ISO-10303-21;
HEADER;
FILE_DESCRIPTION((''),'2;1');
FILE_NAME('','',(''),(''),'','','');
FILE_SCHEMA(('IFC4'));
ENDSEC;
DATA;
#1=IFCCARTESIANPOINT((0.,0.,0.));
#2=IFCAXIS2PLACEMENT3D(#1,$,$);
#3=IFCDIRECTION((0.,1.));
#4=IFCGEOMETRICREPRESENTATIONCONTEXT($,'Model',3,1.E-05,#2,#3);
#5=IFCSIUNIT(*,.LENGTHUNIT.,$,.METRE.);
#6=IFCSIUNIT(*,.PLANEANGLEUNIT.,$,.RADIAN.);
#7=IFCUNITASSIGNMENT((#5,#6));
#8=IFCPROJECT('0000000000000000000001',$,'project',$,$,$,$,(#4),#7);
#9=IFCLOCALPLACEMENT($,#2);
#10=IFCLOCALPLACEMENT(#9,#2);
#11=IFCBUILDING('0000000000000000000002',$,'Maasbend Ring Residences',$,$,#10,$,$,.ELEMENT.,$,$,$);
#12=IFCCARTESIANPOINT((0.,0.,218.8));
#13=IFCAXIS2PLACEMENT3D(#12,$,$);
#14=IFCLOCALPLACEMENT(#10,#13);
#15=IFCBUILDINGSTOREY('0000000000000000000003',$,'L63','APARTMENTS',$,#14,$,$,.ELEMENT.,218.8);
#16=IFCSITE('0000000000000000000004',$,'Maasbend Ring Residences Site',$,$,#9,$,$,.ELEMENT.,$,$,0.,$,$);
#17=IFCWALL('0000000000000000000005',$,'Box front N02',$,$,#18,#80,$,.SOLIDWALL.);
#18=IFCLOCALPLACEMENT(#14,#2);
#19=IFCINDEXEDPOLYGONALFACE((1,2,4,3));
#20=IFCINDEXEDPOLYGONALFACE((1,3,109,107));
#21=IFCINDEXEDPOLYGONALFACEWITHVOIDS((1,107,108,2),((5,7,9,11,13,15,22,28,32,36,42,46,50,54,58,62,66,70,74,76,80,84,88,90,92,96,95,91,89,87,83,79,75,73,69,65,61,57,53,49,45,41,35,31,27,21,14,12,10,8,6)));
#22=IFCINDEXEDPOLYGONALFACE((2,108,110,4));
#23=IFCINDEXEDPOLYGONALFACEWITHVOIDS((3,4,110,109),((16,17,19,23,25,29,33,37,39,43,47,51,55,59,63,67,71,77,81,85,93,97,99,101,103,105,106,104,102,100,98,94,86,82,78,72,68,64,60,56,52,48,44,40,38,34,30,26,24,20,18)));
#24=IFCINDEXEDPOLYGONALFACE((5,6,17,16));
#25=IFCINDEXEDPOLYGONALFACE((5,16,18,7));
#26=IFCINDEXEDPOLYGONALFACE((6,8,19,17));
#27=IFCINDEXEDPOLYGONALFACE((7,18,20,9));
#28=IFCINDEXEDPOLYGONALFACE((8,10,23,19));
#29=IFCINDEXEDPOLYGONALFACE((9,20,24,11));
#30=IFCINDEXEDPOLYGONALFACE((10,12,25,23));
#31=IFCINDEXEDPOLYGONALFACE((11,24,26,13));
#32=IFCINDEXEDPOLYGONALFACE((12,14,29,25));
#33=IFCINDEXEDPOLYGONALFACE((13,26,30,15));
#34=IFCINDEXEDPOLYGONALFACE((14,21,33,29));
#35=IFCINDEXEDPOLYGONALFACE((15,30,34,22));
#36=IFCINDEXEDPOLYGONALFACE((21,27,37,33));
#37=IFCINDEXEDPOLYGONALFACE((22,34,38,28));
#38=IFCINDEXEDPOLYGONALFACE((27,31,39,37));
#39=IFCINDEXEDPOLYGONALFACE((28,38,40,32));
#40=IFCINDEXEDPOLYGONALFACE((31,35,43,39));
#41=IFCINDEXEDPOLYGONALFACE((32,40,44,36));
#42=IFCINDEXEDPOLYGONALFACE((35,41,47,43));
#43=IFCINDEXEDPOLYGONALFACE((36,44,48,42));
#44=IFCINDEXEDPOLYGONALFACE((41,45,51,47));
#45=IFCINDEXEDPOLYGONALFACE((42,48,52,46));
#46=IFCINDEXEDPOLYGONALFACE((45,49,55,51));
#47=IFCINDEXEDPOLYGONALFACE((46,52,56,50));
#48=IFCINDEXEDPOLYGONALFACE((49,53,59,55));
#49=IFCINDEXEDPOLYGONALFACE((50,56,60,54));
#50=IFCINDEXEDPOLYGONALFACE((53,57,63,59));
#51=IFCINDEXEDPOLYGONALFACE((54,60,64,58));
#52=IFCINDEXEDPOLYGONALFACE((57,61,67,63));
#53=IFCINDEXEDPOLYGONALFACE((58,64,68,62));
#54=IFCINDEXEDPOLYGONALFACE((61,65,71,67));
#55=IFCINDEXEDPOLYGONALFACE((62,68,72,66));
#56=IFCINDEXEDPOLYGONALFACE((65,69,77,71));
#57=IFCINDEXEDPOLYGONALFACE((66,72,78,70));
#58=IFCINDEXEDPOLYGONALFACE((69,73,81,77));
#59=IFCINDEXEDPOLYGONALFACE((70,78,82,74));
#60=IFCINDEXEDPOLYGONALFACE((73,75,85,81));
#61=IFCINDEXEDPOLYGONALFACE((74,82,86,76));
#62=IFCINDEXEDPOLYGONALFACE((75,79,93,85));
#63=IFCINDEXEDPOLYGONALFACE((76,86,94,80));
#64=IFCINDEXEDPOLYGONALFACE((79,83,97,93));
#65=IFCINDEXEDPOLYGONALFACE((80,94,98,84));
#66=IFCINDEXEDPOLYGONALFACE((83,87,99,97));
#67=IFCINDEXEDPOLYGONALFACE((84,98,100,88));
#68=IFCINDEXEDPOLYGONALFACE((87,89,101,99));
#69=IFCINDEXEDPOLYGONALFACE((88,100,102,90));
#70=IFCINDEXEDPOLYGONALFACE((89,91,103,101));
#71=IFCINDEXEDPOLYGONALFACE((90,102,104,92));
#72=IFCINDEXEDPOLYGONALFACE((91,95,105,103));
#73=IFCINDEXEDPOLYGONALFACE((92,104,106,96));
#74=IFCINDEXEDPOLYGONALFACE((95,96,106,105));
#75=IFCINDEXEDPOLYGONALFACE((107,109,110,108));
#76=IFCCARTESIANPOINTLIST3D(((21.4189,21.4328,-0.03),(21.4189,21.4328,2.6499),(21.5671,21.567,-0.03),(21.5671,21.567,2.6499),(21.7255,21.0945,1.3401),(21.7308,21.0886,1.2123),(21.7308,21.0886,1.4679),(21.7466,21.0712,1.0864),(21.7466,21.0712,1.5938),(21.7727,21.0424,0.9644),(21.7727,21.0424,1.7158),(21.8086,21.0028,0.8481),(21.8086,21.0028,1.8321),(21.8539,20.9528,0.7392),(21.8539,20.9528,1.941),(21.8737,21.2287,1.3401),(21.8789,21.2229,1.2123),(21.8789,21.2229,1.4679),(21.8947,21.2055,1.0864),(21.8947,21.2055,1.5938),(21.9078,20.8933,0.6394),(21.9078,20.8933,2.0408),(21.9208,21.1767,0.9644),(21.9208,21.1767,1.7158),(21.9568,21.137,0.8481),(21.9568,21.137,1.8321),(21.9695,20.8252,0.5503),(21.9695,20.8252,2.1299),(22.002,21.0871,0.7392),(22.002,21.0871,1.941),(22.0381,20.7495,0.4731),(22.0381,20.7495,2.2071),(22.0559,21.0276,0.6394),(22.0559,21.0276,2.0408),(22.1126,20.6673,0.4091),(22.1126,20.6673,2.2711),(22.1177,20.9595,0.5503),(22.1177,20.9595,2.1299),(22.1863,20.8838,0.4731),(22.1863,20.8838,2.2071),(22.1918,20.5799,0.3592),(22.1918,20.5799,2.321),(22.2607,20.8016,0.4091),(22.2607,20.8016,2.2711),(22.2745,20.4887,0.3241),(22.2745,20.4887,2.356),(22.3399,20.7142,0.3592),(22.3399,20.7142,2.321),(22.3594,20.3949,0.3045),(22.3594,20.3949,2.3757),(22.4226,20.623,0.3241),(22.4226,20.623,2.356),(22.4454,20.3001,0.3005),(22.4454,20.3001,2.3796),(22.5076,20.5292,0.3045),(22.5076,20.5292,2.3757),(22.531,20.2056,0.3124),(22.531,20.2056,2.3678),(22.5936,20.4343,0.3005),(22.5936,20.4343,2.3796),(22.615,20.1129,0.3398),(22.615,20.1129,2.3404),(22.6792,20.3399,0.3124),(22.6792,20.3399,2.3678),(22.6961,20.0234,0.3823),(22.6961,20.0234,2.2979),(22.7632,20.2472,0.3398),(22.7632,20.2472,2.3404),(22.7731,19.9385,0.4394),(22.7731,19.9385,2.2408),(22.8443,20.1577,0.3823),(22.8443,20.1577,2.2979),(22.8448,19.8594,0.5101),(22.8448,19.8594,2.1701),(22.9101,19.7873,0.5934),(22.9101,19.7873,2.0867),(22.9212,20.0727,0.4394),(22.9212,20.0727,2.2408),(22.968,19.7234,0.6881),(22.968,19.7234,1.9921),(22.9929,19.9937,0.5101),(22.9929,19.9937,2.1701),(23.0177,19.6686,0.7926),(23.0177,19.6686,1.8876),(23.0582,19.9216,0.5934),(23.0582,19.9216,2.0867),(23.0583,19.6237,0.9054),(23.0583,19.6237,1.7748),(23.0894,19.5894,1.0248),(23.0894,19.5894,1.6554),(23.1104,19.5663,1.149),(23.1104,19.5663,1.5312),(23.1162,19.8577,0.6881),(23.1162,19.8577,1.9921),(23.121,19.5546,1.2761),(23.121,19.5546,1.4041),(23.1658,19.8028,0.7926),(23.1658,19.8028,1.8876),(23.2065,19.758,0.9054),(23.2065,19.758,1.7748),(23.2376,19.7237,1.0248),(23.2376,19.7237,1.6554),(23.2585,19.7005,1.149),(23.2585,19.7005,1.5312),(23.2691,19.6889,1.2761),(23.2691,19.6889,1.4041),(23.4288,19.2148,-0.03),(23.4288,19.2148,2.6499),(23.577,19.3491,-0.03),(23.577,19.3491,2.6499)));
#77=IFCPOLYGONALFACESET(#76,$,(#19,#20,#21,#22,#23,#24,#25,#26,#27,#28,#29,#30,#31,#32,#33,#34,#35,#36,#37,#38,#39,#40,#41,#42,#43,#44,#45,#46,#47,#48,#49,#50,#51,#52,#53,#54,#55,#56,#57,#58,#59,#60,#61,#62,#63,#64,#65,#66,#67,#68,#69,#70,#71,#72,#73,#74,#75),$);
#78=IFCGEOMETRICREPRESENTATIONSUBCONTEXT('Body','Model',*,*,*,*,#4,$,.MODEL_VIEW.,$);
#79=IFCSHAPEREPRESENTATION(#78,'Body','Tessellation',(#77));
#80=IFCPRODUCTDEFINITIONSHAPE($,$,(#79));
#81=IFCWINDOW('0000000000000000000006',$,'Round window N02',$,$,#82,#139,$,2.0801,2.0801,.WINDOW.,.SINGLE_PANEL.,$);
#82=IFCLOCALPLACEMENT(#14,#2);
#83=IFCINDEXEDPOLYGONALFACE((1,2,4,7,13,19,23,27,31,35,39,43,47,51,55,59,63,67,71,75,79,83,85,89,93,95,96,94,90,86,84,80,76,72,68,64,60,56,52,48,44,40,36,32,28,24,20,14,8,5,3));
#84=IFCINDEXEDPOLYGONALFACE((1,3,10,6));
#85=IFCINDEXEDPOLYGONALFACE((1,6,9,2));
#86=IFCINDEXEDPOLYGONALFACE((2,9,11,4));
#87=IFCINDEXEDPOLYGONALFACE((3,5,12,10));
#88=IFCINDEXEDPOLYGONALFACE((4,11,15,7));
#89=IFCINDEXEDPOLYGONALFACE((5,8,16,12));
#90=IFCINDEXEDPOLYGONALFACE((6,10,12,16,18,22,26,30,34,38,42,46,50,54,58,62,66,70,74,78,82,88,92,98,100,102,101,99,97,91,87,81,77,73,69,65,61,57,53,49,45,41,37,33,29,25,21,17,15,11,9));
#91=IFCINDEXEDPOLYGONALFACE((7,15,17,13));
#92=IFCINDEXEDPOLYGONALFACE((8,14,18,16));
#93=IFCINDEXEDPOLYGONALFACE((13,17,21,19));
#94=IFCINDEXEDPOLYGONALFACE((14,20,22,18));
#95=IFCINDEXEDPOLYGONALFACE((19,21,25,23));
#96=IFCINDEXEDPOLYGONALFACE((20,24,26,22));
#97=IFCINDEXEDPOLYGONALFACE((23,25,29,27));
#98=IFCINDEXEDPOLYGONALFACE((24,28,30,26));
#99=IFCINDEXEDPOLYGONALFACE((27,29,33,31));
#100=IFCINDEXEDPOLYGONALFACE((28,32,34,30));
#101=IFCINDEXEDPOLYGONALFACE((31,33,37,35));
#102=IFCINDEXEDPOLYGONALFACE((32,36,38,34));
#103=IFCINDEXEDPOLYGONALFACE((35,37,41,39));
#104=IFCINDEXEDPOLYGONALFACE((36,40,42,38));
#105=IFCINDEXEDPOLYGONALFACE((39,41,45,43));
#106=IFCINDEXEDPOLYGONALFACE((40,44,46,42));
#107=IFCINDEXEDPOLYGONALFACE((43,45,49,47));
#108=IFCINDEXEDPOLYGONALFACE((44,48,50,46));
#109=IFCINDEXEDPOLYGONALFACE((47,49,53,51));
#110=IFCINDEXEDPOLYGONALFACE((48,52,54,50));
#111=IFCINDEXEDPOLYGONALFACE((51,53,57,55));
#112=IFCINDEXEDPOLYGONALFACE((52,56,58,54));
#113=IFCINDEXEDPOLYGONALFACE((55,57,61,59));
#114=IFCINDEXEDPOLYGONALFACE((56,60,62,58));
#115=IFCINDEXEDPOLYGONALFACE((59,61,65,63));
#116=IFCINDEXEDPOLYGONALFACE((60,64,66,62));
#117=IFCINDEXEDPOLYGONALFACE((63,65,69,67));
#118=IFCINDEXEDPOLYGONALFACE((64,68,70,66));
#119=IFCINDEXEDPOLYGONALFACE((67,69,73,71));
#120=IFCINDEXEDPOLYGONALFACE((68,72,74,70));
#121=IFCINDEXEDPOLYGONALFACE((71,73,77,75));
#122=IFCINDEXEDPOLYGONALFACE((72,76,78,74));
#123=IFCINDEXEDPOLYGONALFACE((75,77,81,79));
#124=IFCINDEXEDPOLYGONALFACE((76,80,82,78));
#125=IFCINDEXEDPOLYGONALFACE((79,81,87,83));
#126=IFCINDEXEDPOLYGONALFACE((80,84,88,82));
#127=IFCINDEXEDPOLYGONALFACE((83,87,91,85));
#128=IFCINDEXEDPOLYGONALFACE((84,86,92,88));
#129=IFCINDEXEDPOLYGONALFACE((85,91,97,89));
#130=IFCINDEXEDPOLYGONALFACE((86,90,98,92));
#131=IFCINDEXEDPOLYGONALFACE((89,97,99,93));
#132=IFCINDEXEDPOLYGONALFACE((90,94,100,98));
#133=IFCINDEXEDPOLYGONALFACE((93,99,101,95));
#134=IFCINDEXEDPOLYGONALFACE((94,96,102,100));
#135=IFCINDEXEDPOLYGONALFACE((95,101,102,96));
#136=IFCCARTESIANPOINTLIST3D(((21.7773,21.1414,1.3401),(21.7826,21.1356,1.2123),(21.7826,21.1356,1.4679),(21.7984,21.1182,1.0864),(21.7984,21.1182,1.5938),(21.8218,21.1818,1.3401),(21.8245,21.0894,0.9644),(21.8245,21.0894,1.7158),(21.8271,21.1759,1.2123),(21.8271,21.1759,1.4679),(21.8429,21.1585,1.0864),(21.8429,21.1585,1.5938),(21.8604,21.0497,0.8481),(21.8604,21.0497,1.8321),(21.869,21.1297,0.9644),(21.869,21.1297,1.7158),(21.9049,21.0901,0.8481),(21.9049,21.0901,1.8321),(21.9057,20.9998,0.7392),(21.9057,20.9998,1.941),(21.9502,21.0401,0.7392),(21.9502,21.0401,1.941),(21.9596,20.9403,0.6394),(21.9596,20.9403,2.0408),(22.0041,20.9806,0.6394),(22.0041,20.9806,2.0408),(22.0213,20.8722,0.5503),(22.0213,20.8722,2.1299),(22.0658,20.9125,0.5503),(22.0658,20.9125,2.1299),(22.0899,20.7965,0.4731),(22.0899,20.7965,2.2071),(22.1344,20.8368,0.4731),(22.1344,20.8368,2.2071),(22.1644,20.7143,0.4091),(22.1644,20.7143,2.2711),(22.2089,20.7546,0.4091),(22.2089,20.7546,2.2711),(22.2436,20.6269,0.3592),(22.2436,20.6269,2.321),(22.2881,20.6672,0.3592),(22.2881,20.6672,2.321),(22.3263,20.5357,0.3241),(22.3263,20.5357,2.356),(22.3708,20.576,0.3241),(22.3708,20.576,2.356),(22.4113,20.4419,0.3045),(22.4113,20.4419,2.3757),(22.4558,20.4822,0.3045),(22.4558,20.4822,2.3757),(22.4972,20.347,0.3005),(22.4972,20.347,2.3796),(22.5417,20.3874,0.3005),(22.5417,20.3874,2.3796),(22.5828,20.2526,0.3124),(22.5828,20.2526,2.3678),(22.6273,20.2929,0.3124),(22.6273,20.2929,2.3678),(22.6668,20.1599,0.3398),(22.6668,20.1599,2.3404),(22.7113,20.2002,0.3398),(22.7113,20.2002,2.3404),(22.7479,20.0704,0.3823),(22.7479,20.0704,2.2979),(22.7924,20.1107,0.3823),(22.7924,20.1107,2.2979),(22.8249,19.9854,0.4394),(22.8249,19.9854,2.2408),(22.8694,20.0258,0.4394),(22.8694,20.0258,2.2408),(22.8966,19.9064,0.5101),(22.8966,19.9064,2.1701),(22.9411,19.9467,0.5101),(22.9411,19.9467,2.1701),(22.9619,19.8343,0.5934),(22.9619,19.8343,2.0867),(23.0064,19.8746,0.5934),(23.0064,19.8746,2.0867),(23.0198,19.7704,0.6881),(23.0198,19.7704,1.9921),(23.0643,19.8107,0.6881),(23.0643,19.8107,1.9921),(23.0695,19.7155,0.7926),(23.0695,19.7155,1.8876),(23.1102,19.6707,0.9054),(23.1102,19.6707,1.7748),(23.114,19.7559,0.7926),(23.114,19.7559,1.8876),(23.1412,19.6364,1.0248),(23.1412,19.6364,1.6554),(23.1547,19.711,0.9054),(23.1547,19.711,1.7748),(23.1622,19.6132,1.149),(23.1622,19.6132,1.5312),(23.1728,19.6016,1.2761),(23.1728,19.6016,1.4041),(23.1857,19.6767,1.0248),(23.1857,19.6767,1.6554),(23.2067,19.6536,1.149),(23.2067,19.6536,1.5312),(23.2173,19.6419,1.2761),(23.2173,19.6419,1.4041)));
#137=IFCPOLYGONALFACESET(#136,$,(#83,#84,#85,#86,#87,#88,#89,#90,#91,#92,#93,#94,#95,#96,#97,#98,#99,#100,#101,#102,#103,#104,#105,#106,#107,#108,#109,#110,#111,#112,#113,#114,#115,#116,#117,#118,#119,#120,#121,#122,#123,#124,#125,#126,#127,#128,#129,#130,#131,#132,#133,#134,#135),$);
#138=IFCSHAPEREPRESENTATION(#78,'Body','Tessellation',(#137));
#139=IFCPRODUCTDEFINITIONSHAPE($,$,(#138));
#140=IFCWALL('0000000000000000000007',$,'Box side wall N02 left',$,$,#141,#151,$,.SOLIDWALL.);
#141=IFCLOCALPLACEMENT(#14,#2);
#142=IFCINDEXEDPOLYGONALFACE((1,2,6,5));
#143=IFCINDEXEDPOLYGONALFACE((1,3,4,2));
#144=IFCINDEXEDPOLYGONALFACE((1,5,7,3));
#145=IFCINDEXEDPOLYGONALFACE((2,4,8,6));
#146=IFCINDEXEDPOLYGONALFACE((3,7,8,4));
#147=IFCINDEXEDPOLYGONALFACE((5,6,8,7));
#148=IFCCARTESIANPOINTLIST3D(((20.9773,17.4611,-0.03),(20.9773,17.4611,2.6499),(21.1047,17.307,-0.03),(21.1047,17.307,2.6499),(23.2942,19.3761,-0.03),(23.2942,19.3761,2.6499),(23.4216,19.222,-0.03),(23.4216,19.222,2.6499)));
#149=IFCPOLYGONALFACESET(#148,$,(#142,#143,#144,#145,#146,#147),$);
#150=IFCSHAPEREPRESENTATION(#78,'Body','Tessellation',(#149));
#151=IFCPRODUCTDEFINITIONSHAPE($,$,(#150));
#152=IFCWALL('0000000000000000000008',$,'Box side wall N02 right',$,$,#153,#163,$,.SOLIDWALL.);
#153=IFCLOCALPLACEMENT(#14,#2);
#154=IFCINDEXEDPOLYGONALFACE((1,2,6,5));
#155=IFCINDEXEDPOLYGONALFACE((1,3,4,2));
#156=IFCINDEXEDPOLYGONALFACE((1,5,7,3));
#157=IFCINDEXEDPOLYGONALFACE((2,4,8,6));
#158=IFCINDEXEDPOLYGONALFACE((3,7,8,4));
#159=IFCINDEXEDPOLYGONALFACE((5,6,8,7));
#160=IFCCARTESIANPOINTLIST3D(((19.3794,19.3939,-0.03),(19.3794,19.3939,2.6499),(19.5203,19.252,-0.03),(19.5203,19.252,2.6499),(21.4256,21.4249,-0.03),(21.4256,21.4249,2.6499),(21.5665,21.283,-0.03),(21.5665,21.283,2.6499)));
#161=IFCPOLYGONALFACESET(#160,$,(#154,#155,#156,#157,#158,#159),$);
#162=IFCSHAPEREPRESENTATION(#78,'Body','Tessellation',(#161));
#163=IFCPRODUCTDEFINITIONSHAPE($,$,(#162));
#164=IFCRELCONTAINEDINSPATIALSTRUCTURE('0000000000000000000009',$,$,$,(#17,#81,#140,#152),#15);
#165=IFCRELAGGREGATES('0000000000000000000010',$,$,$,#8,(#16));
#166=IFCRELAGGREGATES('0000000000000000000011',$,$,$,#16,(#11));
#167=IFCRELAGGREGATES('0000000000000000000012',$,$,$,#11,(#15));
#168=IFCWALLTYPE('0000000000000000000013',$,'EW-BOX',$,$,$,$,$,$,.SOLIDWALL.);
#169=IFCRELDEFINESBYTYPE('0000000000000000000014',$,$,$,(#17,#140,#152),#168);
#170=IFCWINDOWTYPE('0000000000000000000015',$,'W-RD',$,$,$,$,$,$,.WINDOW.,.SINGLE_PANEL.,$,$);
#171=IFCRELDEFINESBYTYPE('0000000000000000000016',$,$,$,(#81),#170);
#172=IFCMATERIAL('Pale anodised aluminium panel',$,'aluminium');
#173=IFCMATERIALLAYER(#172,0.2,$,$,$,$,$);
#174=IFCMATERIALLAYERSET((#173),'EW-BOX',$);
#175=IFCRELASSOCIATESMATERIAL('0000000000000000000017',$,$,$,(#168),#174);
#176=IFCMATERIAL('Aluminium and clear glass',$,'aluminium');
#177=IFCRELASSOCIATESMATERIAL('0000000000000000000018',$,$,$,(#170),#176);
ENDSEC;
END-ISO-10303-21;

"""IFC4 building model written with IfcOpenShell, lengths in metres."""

from ifc_helpers import new_model, si_unit, direction, frame, frame_2d, origin, place, context, subcontext, project, spatial, rectangle, circle, extrude, material, layer, layer_set, type_object, element, fill, save


model = new_model("IFC4")

# Units and contexts
model_context = context("Model", 3, precision=1e-05, world=origin(), true_north=direction((0.0, 1.0)))
body_context = subcontext(model_context, "Body", "Model", "MODEL_VIEW")
ifc_project = project(units=[si_unit("LENGTHUNIT", "METRE"), si_unit("PLANEANGLEUNIT", "RADIAN")], contexts=[model_context])

# Site, building, storey
site_placement = place(None, origin())
site = spatial("IfcSite", under=ifc_project, at=site_placement, Name="Maasbend Ring Residences Site", CompositionType="ELEMENT", RefElevation=0.0)
building_placement = place(site_placement, origin())
building = spatial("IfcBuilding", under=site, at=building_placement, Name="Maasbend Ring Residences", CompositionType="ELEMENT")
storey_placement = place(building_placement, frame((0.0, 0.0, 218.8)))
storey = spatial("IfcBuildingStorey", under=building, at=storey_placement, Name="L63", Description="APARTMENTS", CompositionType="ELEMENT", Elevation=218.8)

# Wall, opening, window
ifc_material_1 = material(Name="Pale anodised aluminium panel", Category="aluminium")
ifc_layer_1 = layer(ifc_material_1, 0.2)
ifc_layer_set_1 = layer_set([ifc_layer_1], Name="EW-BOX")
wall_type_1 = type_object("IfcWallType", Name="EW-BOX", PredefinedType="SOLIDWALL", material=ifc_layer_set_1)
wall_1_placement = place(storey_placement, frame((23.5029, 19.282, -0.03), z_axis=(0.0, 0.0, 1.0), x_axis=(-0.671507, 0.740998, 0.0)))
wall_1 = element("IfcWall", 1, at=wall_1_placement, inside=storey, type_object=wall_type_1, Name="Box front N02", PredefinedType="SOLIDWALL", context=body_context, shape_type="SweptSolid", body=[
    extrude(rectangle(XDim=2.9932, YDim=0.2, at=frame_2d((1.4966, 0.0))), origin(), (0.0, 0.0, 1.0), 2.6799),
])
opening_1_placement = place(wall_1_placement, frame((0.4565, 0.0, 0.3301)))
opening_1 = element("IfcOpeningElement", 2, at=opening_1_placement, cuts=wall_1, PredefinedType="OPENING", context=body_context, shape_type="SweptSolid", body=[
    extrude(circle(Radius=1.04, at=frame_2d((1.04, 1.04))), frame((0.0, 0.1099, 0.0), z_axis=(0.0, -1.0, 0.0), x_axis=(1.0, 0.0, 0.0)), (0.0, 0.0, 1.0), 0.22),
])
ifc_material_2 = material(Name="Aluminium and clear glass", Category="aluminium")
window_type_1 = type_object("IfcWindowType", Name="W-RD", PartitioningType="SINGLE_PANEL", PredefinedType="WINDOW", material=ifc_material_2)
window_1_placement = place(opening_1_placement, origin())
window_1 = element("IfcWindow", 3, at=window_1_placement, inside=storey, type_object=window_type_1, Name="Round window N02", OverallHeight=2.0801, OverallWidth=2.0801, PartitioningType="SINGLE_PANEL", PredefinedType="WINDOW", context=body_context, shape_type="SweptSolid", body=[
    extrude(circle(Radius=1.04, at=frame_2d((1.04, 1.04))), frame((0.0, 0.03, 0.0), z_axis=(0.0, -1.0, 0.0), x_axis=(1.0, 0.0, 0.0)), (0.0, 0.0, 1.0), 0.0601),
])
fill(opening_1, window_1)

# Walls
wall_2_placement = place(storey_placement, frame((21.041, 17.384, -0.03), z_axis=(0.0, 0.0, 1.0), x_axis=(0.770785, 0.637096, 0.0)))
element("IfcWall", 4, at=wall_2_placement, inside=storey, type_object=wall_type_1, Name="Box side wall N02 left", PredefinedType="SOLIDWALL", context=body_context, shape_type="SweptSolid", body=[
    extrude(rectangle(XDim=3.0059, YDim=0.2, at=frame_2d((1.5029, 0.0))), origin(), (0.0, 0.0, 1.0), 2.6799),
])
wall_3_placement = place(storey_placement, frame((19.45, 19.323, -0.03), z_axis=(0.0, 0.0, 1.0), x_axis=(0.709727, 0.704477, 0.0)))
element("IfcWall", 5, at=wall_3_placement, inside=storey, type_object=wall_type_1, Name="Box side wall N02 right", PredefinedType="SOLIDWALL", context=body_context, shape_type="SweptSolid", body=[
    extrude(rectangle(XDim=2.8831, YDim=0.2, at=frame_2d((1.4414, 0.0))), origin(), (0.0, 0.0, 1.0), 2.6799),
])

save(model, "model.ifc")
